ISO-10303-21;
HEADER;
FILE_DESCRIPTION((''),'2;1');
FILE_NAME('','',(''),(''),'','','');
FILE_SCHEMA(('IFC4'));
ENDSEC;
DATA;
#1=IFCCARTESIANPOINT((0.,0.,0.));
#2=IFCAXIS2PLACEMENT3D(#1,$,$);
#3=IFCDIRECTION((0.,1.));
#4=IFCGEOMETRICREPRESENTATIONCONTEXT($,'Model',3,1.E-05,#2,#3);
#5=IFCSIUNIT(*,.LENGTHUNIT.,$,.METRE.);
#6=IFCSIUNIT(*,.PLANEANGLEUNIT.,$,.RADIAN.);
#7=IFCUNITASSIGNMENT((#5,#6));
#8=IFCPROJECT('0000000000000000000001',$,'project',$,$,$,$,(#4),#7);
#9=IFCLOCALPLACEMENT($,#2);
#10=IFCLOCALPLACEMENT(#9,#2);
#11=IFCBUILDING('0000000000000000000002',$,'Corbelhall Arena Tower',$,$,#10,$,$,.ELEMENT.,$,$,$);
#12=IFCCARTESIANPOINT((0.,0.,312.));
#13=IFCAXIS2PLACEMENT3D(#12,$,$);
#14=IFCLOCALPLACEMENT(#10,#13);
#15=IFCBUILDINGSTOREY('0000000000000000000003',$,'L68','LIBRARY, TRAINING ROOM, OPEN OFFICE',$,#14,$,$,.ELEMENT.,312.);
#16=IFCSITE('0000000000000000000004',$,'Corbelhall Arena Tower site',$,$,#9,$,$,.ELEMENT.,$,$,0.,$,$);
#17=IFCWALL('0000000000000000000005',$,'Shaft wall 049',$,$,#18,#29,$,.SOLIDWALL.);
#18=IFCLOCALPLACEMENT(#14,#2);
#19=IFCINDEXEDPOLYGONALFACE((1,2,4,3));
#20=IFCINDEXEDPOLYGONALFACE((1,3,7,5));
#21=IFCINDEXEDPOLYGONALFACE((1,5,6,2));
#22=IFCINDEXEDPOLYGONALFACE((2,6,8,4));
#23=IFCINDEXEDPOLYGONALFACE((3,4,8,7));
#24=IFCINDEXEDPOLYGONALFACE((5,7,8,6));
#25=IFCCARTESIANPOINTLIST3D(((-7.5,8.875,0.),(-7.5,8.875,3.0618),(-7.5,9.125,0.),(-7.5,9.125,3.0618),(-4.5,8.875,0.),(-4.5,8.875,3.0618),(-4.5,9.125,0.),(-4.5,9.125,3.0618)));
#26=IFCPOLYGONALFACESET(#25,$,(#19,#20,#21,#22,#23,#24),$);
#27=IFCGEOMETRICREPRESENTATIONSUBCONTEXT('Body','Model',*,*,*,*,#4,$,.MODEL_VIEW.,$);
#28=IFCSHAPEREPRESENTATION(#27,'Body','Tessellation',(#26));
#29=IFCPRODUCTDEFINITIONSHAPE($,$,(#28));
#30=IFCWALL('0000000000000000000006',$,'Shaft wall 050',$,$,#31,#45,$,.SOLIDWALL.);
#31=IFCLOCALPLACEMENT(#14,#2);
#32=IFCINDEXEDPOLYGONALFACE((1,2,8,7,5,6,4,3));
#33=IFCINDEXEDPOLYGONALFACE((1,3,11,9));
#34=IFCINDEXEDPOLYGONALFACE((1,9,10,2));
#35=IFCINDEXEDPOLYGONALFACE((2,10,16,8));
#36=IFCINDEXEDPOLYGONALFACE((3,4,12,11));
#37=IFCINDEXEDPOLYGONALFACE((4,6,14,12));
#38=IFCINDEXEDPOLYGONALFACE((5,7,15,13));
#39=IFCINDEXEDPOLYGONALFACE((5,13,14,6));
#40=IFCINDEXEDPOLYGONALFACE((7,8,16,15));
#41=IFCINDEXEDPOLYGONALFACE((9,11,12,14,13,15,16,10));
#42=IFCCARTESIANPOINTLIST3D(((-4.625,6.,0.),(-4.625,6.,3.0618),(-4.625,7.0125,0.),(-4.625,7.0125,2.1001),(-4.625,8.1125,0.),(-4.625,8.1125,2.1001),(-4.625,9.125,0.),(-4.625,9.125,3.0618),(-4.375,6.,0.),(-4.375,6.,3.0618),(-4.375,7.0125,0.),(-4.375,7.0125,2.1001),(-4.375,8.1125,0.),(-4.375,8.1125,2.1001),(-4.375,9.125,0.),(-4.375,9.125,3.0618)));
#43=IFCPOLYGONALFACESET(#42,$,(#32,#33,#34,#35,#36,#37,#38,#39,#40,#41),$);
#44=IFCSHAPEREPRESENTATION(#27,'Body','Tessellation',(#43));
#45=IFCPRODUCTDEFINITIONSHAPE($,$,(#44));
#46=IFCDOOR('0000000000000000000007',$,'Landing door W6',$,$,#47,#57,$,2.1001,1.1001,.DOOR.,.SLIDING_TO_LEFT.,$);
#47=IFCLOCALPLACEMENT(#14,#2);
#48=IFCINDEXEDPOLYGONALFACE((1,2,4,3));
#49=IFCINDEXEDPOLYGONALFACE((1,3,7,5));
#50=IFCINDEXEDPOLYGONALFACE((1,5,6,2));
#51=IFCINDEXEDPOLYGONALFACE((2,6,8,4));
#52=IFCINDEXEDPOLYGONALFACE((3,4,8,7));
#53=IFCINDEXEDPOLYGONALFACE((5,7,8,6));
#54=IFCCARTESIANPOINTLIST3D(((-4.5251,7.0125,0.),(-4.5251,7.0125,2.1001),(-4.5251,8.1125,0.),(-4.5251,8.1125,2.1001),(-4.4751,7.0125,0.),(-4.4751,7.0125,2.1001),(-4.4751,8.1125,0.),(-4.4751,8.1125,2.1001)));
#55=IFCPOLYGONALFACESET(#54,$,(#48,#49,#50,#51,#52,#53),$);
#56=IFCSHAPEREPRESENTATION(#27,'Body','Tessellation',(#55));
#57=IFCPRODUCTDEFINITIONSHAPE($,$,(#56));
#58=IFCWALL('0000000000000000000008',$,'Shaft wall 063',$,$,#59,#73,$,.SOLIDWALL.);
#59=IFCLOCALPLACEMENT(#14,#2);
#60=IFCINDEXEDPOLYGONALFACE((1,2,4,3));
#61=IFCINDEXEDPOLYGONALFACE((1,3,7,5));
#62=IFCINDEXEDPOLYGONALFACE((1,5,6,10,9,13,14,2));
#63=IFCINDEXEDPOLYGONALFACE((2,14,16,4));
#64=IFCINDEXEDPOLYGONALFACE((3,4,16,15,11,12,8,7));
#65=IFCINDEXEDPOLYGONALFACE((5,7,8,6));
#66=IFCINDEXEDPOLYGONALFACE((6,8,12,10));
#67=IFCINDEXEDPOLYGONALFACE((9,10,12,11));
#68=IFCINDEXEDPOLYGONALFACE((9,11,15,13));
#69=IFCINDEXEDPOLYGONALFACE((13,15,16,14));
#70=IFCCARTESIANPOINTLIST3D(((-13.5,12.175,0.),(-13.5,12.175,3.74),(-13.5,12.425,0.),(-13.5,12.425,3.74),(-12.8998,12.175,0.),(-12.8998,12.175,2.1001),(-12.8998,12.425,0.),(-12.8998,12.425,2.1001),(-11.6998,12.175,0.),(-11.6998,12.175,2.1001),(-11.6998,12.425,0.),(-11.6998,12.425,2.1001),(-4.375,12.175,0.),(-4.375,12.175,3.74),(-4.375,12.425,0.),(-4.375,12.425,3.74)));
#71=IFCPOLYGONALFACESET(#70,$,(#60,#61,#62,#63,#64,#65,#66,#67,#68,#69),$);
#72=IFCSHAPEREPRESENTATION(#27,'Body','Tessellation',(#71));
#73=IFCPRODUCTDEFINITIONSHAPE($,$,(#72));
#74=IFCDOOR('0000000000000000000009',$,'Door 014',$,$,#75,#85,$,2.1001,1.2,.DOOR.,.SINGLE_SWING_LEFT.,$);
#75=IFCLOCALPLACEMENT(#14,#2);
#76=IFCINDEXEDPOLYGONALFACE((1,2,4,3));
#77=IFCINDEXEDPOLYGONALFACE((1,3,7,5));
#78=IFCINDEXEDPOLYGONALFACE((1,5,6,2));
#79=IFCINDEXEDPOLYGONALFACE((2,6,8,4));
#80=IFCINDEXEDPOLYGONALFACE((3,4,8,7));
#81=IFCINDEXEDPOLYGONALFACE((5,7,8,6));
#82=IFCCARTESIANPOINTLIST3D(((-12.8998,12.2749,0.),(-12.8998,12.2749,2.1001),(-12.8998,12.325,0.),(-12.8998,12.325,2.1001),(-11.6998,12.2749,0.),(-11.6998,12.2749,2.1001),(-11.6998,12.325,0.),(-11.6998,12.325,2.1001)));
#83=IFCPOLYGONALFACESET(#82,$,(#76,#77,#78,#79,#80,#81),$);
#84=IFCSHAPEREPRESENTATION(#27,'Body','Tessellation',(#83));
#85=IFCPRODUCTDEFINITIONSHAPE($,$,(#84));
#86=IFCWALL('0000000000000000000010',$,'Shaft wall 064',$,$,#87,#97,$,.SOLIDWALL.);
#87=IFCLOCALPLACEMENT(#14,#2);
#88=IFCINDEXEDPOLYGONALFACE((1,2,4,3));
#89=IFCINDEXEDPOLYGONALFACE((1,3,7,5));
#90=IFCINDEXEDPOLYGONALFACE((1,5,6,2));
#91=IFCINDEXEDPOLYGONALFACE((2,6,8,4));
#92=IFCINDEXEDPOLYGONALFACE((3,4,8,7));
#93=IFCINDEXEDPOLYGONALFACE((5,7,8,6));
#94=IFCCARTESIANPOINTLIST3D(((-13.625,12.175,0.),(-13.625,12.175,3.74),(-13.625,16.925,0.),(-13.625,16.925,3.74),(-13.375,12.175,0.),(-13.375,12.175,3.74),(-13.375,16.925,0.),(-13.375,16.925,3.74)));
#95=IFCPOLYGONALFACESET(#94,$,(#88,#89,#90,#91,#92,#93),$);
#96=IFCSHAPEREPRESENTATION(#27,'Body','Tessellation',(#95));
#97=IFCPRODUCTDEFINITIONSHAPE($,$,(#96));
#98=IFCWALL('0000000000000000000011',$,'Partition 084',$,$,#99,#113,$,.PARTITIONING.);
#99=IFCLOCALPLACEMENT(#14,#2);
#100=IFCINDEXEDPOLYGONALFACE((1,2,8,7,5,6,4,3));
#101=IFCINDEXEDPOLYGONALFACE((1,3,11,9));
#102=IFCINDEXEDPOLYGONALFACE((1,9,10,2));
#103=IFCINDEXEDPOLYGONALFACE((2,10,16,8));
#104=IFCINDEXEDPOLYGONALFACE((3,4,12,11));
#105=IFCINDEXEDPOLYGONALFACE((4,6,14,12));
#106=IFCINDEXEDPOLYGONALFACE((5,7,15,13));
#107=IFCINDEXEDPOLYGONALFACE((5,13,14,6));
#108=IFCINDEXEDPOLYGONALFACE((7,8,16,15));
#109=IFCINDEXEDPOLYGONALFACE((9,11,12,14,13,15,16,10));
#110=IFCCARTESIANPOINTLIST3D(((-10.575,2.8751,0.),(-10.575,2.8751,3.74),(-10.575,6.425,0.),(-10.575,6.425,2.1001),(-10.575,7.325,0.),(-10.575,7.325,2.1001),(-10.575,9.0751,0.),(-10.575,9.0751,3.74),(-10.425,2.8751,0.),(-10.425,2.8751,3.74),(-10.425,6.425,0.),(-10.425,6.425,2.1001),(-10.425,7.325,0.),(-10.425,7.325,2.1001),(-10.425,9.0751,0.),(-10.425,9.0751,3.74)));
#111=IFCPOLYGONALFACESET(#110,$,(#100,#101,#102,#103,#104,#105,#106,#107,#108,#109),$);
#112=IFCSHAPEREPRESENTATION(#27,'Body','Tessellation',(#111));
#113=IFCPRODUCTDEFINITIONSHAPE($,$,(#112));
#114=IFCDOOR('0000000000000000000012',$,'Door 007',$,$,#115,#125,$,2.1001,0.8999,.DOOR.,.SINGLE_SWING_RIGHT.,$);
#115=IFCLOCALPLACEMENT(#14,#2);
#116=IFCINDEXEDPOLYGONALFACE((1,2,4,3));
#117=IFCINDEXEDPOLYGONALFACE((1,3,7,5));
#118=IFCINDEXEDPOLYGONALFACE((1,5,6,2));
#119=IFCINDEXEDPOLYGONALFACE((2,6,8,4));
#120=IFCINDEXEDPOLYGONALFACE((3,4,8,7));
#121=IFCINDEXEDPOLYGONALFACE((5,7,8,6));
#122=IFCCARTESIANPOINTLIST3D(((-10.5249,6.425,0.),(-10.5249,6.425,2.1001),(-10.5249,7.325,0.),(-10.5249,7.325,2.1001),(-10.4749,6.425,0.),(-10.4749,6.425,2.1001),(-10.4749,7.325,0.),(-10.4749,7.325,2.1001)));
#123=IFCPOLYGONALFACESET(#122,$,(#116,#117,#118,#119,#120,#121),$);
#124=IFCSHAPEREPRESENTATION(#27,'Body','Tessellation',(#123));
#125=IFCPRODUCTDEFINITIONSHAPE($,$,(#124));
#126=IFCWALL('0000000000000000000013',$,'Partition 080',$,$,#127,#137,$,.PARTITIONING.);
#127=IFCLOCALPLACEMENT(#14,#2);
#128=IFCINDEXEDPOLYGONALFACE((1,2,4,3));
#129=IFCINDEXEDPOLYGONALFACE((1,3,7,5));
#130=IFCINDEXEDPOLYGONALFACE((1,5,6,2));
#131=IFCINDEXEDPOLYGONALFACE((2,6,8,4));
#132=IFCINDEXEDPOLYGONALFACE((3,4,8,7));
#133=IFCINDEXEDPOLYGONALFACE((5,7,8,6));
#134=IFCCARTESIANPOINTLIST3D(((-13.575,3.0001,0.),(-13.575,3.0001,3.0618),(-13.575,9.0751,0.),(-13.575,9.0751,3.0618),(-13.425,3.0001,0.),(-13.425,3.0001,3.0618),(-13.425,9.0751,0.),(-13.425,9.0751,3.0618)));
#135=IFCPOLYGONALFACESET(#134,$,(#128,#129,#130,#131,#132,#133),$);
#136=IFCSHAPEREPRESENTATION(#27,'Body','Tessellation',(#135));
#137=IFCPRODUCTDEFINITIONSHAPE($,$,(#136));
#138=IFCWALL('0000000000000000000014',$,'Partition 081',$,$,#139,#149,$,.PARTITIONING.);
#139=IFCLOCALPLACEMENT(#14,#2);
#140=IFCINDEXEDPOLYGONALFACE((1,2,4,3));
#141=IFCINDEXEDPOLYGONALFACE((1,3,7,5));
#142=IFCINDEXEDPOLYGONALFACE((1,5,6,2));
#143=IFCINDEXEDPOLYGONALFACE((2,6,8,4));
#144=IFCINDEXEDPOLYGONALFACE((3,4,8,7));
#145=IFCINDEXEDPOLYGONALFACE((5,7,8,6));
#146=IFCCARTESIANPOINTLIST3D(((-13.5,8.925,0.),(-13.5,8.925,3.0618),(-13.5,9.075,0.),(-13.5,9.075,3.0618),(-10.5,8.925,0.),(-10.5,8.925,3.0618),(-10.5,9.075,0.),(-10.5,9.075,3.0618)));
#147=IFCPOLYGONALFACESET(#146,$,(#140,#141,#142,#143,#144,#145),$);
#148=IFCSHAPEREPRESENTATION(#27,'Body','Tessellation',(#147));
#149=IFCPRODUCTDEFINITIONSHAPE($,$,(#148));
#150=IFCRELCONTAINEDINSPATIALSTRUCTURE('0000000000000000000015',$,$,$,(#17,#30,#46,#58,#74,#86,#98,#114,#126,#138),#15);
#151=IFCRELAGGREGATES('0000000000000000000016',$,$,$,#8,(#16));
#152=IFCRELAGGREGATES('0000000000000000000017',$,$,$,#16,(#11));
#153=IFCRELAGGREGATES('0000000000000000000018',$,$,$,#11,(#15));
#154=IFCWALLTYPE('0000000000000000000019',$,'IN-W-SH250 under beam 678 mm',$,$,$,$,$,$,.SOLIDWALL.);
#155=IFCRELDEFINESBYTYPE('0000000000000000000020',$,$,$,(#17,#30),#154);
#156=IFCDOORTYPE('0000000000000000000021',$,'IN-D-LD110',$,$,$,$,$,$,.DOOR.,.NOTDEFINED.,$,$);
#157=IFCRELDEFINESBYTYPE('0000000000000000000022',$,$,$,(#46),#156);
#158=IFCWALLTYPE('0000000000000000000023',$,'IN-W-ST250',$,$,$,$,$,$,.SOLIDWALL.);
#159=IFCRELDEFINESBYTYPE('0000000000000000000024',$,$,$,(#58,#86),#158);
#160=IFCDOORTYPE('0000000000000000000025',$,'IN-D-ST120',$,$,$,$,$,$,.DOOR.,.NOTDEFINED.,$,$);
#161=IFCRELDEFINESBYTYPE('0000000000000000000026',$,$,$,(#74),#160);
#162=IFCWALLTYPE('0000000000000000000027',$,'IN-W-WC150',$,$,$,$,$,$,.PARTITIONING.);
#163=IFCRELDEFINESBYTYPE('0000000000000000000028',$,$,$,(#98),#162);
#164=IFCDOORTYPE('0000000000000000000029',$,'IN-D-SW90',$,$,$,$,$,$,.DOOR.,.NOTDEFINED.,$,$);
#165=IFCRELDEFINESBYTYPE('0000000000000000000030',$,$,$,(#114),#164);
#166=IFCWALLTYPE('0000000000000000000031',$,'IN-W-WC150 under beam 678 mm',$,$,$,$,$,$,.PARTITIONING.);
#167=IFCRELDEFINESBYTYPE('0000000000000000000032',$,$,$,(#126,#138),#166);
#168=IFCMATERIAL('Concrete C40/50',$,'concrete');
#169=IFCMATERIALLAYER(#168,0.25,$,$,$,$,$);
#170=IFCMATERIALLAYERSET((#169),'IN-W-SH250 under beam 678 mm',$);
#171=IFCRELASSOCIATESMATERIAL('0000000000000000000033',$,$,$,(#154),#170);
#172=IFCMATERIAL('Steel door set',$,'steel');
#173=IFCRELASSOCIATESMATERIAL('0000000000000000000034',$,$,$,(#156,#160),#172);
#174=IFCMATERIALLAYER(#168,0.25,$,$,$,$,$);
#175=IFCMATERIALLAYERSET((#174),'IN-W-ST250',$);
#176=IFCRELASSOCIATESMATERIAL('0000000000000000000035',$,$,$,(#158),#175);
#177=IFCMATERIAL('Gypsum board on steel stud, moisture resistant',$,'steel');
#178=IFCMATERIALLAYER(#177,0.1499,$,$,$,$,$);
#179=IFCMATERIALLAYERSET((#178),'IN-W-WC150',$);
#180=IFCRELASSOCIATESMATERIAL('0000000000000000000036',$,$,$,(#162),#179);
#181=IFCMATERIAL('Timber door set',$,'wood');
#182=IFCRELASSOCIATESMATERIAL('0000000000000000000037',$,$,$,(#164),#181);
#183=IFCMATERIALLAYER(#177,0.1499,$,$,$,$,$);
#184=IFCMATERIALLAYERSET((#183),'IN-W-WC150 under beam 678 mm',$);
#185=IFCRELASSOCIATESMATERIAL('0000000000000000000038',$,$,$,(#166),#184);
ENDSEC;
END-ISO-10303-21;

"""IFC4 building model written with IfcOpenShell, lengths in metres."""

from ifc_helpers import new_model, si_unit, direction, frame, frame_2d, origin, place, context, subcontext, project, spatial, rectangle, extrude, material, layer, layer_set, type_object, element, fill, save


model = new_model("IFC4")

# Units and contexts
model_context = context("Model", 3, precision=1e-05, world=origin(), true_north=direction((0.0, 1.0)))
body_context = subcontext(model_context, "Body", "Model", "MODEL_VIEW")
ifc_project = project(units=[si_unit("LENGTHUNIT", "METRE"), si_unit("PLANEANGLEUNIT", "RADIAN")], contexts=[model_context])

# Site, building, storey
site_placement = place(None, origin())
site = spatial("IfcSite", under=ifc_project, at=site_placement, Name="Corbelhall Arena Tower site", CompositionType="ELEMENT", RefElevation=0.0)
building_placement = place(site_placement, origin())
building = spatial("IfcBuilding", under=site, at=building_placement, Name="Corbelhall Arena Tower", CompositionType="ELEMENT")
storey_placement = place(building_placement, frame((0.0, 0.0, 312.0)))
storey = spatial("IfcBuildingStorey", under=building, at=storey_placement, Name="L68", Description="LIBRARY, TRAINING ROOM, OPEN OFFICE", CompositionType="ELEMENT", Elevation=312.0)

# Shared definitions
ifc_material_1 = material(Name="Steel door set", Category="steel")

# Shared definitions
ifc_material_2 = material(Name="Concrete C40/50", Category="concrete")

# Wall
ifc_layer_1 = layer(ifc_material_2, 0.25)
ifc_layer_set_1 = layer_set([ifc_layer_1], Name="IN-W-SH250 under beam 678 mm")
wall_type_1 = type_object("IfcWallType", Name="IN-W-SH250 under beam 678 mm", PredefinedType="SOLIDWALL", material=ifc_layer_set_1)
wall_1_placement = place(storey_placement, frame((-7.5, 9.0, 0.0), z_axis=(0.0, 0.0, 1.0), x_axis=(1.0, 0.0, 0.0)))
element("IfcWall", 1, at=wall_1_placement, inside=storey, type_object=wall_type_1, Name="Shaft wall 049", PredefinedType="SOLIDWALL", context=body_context, shape_type="SweptSolid", body=[
    extrude(rectangle(XDim=3.0, YDim=0.25, at=frame_2d((1.5, 0.0))), origin(), (0.0, 0.0, 1.0), 3.0618),
])

# Walls, openings, doors
wall_2_placement = place(storey_placement, frame((-4.5, 9.125, 0.0), z_axis=(0.0, 0.0, 1.0), x_axis=(0.0, -1.0, 0.0)))
wall_2 = element("IfcWall", 2, at=wall_2_placement, inside=storey, type_object=wall_type_1, Name="Shaft wall 050", PredefinedType="SOLIDWALL", context=body_context, shape_type="SweptSolid", body=[
    extrude(rectangle(XDim=3.125, YDim=0.25, at=frame_2d((1.5625, 0.0))), origin(), (0.0, 0.0, 1.0), 3.0618),
])
opening_1_placement = place(wall_2_placement, frame((1.0125, 0.0, 0.0)))
opening_1 = element("IfcOpeningElement", 3, at=opening_1_placement, cuts=wall_2, PredefinedType="OPENING", context=body_context, shape_type="SweptSolid", body=[
    extrude(rectangle(XDim=1.1001, YDim=2.1001, at=frame_2d((0.55, 1.05))), frame((0.0, 0.125, 0.0), z_axis=(0.0, -1.0, 0.0), x_axis=(1.0, 0.0, 0.0)), (0.0, 0.0, 1.0), 0.25),
])
door_type_1 = type_object("IfcDoorType", Name="IN-D-LD110", OperationType="NOTDEFINED", PredefinedType="DOOR", material=ifc_material_1)
door_1_placement = place(opening_1_placement, origin())
door_1 = element("IfcDoor", 4, at=door_1_placement, inside=storey, type_object=door_type_1, Name="Landing door W6", OperationType="SLIDING_TO_LEFT", OverallHeight=2.1001, OverallWidth=1.1001, PredefinedType="DOOR", context=body_context, shape_type="SweptSolid", body=[
    extrude(rectangle(XDim=1.1001, YDim=2.1001, at=frame_2d((0.55, 1.05))), frame((0.0, 0.0249, 0.0), z_axis=(0.0, -1.0, 0.0), x_axis=(1.0, 0.0, 0.0)), (0.0, 0.0, 1.0), 0.05),
])
fill(opening_1, door_1)
ifc_layer_2 = layer(ifc_material_2, 0.25)
ifc_layer_set_2 = layer_set([ifc_layer_2], Name="IN-W-ST250")
wall_type_2 = type_object("IfcWallType", Name="IN-W-ST250", PredefinedType="SOLIDWALL", material=ifc_layer_set_2)
wall_3_placement = place(storey_placement, frame((-13.5, 12.3, 0.0), z_axis=(0.0, 0.0, 1.0), x_axis=(1.0, 0.0, 0.0)))
wall_3 = element("IfcWall", 5, at=wall_3_placement, inside=storey, type_object=wall_type_2, Name="Shaft wall 063", PredefinedType="SOLIDWALL", context=body_context, shape_type="SweptSolid", body=[
    extrude(rectangle(XDim=9.125, YDim=0.25, at=frame_2d((4.5625, 0.0))), origin(), (0.0, 0.0, 1.0), 3.74),
])
opening_2_placement = place(wall_3_placement, frame((0.6001, 0.0, 0.0)))
opening_2 = element("IfcOpeningElement", 6, at=opening_2_placement, cuts=wall_3, PredefinedType="OPENING", context=body_context, shape_type="SweptSolid", body=[
    extrude(rectangle(XDim=1.2, YDim=2.1001, at=frame_2d((0.6001, 1.05))), frame((0.0, 0.125, 0.0), z_axis=(0.0, -1.0, 0.0), x_axis=(1.0, 0.0, 0.0)), (0.0, 0.0, 1.0), 0.25),
])
door_type_2 = type_object("IfcDoorType", Name="IN-D-ST120", OperationType="NOTDEFINED", PredefinedType="DOOR", material=ifc_material_1)
door_2_placement = place(opening_2_placement, origin())
door_2 = element("IfcDoor", 7, at=door_2_placement, inside=storey, type_object=door_type_2, Name="Door 014", OperationType="SINGLE_SWING_LEFT", OverallHeight=2.1001, OverallWidth=1.2, PredefinedType="DOOR", context=body_context, shape_type="SweptSolid", body=[
    extrude(rectangle(XDim=1.2, YDim=2.1001, at=frame_2d((0.6001, 1.05))), frame((0.0, 0.0249, 0.0), z_axis=(0.0, -1.0, 0.0), x_axis=(1.0, 0.0, 0.0)), (0.0, 0.0, 1.0), 0.05),
])
fill(opening_2, door_2)

# Wall
wall_4_placement = place(storey_placement, frame((-13.5, 12.175, 0.0), z_axis=(0.0, 0.0, 1.0), x_axis=(0.0, 1.0, 0.0)))
element("IfcWall", 8, at=wall_4_placement, inside=storey, type_object=wall_type_2, Name="Shaft wall 064", PredefinedType="SOLIDWALL", context=body_context, shape_type="SweptSolid", body=[
    extrude(rectangle(XDim=4.75, YDim=0.25, at=frame_2d((2.375, 0.0))), origin(), (0.0, 0.0, 1.0), 3.74),
])

# Wall, opening, door
ifc_material_3 = material(Name="Gypsum board on steel stud, moisture resistant", Category="steel")
ifc_layer_3 = layer(ifc_material_3, 0.1499)
ifc_layer_set_3 = layer_set([ifc_layer_3], Name="IN-W-WC150")
wall_type_3 = type_object("IfcWallType", Name="IN-W-WC150", PredefinedType="PARTITIONING", material=ifc_layer_set_3)
wall_5_placement = place(storey_placement, frame((-10.5, 2.875, 0.0), z_axis=(0.0, 0.0, 1.0), x_axis=(0.0, 1.0, 0.0)))
wall_5 = element("IfcWall", 9, at=wall_5_placement, inside=storey, type_object=wall_type_3, Name="Partition 084", PredefinedType="PARTITIONING", context=body_context, shape_type="SweptSolid", body=[
    extrude(rectangle(XDim=6.2, YDim=0.1499, at=frame_2d((3.1001, 0.0))), origin(), (0.0, 0.0, 1.0), 3.74),
])
opening_3_placement = place(wall_5_placement, frame((3.55, 0.0, 0.0)))
opening_3 = element("IfcOpeningElement", 10, at=opening_3_placement, cuts=wall_5, PredefinedType="OPENING", context=body_context, shape_type="SweptSolid", body=[
    extrude(rectangle(XDim=0.8999, YDim=2.1001, at=frame_2d((0.45, 1.05))), frame((0.0, 0.075, 0.0), z_axis=(0.0, -1.0, 0.0), x_axis=(1.0, 0.0, 0.0)), (0.0, 0.0, 1.0), 0.1499),
])
ifc_material_4 = material(Name="Timber door set", Category="wood")
door_type_3 = type_object("IfcDoorType", Name="IN-D-SW90", OperationType="NOTDEFINED", PredefinedType="DOOR", material=ifc_material_4)
door_3_placement = place(opening_3_placement, origin())
door_3 = element("IfcDoor", 11, at=door_3_placement, inside=storey, type_object=door_type_3, Name="Door 007", OperationType="SINGLE_SWING_RIGHT", OverallHeight=2.1001, OverallWidth=0.8999, PredefinedType="DOOR", context=body_context, shape_type="SweptSolid", body=[
    extrude(rectangle(XDim=0.8999, YDim=2.1001, at=frame_2d((0.45, 1.05))), frame((0.0, 0.0249, 0.0), z_axis=(0.0, -1.0, 0.0), x_axis=(1.0, 0.0, 0.0)), (0.0, 0.0, 1.0), 0.05),
])
fill(opening_3, door_3)

# Walls
ifc_layer_4 = layer(ifc_material_3, 0.1499)
ifc_layer_set_4 = layer_set([ifc_layer_4], Name="IN-W-WC150 under beam 678 mm")
wall_type_4 = type_object("IfcWallType", Name="IN-W-WC150 under beam 678 mm", PredefinedType="PARTITIONING", material=ifc_layer_set_4)
wall_6_placement = place(storey_placement, frame((-13.5, 3.0, 0.0), z_axis=(0.0, 0.0, 1.0), x_axis=(0.0, 1.0, 0.0)))
element("IfcWall", 12, at=wall_6_placement, inside=storey, type_object=wall_type_4, Name="Partition 080", PredefinedType="PARTITIONING", context=body_context, shape_type="SweptSolid", body=[
    extrude(rectangle(XDim=6.075, YDim=0.1499, at=frame_2d((3.0376, 0.0))), origin(), (0.0, 0.0, 1.0), 3.0618),
])
wall_7_placement = place(storey_placement, frame((-13.5, 9.0, 0.0), z_axis=(0.0, 0.0, 1.0), x_axis=(1.0, 0.0, 0.0)))
element("IfcWall", 13, at=wall_7_placement, inside=storey, type_object=wall_type_4, Name="Partition 081", PredefinedType="PARTITIONING", context=body_context, shape_type="SweptSolid", body=[
    extrude(rectangle(XDim=3.0, YDim=0.1499, at=frame_2d((1.5, 0.0))), origin(), (0.0, 0.0, 1.0), 3.0618),
])

save(model, "model.ifc")
